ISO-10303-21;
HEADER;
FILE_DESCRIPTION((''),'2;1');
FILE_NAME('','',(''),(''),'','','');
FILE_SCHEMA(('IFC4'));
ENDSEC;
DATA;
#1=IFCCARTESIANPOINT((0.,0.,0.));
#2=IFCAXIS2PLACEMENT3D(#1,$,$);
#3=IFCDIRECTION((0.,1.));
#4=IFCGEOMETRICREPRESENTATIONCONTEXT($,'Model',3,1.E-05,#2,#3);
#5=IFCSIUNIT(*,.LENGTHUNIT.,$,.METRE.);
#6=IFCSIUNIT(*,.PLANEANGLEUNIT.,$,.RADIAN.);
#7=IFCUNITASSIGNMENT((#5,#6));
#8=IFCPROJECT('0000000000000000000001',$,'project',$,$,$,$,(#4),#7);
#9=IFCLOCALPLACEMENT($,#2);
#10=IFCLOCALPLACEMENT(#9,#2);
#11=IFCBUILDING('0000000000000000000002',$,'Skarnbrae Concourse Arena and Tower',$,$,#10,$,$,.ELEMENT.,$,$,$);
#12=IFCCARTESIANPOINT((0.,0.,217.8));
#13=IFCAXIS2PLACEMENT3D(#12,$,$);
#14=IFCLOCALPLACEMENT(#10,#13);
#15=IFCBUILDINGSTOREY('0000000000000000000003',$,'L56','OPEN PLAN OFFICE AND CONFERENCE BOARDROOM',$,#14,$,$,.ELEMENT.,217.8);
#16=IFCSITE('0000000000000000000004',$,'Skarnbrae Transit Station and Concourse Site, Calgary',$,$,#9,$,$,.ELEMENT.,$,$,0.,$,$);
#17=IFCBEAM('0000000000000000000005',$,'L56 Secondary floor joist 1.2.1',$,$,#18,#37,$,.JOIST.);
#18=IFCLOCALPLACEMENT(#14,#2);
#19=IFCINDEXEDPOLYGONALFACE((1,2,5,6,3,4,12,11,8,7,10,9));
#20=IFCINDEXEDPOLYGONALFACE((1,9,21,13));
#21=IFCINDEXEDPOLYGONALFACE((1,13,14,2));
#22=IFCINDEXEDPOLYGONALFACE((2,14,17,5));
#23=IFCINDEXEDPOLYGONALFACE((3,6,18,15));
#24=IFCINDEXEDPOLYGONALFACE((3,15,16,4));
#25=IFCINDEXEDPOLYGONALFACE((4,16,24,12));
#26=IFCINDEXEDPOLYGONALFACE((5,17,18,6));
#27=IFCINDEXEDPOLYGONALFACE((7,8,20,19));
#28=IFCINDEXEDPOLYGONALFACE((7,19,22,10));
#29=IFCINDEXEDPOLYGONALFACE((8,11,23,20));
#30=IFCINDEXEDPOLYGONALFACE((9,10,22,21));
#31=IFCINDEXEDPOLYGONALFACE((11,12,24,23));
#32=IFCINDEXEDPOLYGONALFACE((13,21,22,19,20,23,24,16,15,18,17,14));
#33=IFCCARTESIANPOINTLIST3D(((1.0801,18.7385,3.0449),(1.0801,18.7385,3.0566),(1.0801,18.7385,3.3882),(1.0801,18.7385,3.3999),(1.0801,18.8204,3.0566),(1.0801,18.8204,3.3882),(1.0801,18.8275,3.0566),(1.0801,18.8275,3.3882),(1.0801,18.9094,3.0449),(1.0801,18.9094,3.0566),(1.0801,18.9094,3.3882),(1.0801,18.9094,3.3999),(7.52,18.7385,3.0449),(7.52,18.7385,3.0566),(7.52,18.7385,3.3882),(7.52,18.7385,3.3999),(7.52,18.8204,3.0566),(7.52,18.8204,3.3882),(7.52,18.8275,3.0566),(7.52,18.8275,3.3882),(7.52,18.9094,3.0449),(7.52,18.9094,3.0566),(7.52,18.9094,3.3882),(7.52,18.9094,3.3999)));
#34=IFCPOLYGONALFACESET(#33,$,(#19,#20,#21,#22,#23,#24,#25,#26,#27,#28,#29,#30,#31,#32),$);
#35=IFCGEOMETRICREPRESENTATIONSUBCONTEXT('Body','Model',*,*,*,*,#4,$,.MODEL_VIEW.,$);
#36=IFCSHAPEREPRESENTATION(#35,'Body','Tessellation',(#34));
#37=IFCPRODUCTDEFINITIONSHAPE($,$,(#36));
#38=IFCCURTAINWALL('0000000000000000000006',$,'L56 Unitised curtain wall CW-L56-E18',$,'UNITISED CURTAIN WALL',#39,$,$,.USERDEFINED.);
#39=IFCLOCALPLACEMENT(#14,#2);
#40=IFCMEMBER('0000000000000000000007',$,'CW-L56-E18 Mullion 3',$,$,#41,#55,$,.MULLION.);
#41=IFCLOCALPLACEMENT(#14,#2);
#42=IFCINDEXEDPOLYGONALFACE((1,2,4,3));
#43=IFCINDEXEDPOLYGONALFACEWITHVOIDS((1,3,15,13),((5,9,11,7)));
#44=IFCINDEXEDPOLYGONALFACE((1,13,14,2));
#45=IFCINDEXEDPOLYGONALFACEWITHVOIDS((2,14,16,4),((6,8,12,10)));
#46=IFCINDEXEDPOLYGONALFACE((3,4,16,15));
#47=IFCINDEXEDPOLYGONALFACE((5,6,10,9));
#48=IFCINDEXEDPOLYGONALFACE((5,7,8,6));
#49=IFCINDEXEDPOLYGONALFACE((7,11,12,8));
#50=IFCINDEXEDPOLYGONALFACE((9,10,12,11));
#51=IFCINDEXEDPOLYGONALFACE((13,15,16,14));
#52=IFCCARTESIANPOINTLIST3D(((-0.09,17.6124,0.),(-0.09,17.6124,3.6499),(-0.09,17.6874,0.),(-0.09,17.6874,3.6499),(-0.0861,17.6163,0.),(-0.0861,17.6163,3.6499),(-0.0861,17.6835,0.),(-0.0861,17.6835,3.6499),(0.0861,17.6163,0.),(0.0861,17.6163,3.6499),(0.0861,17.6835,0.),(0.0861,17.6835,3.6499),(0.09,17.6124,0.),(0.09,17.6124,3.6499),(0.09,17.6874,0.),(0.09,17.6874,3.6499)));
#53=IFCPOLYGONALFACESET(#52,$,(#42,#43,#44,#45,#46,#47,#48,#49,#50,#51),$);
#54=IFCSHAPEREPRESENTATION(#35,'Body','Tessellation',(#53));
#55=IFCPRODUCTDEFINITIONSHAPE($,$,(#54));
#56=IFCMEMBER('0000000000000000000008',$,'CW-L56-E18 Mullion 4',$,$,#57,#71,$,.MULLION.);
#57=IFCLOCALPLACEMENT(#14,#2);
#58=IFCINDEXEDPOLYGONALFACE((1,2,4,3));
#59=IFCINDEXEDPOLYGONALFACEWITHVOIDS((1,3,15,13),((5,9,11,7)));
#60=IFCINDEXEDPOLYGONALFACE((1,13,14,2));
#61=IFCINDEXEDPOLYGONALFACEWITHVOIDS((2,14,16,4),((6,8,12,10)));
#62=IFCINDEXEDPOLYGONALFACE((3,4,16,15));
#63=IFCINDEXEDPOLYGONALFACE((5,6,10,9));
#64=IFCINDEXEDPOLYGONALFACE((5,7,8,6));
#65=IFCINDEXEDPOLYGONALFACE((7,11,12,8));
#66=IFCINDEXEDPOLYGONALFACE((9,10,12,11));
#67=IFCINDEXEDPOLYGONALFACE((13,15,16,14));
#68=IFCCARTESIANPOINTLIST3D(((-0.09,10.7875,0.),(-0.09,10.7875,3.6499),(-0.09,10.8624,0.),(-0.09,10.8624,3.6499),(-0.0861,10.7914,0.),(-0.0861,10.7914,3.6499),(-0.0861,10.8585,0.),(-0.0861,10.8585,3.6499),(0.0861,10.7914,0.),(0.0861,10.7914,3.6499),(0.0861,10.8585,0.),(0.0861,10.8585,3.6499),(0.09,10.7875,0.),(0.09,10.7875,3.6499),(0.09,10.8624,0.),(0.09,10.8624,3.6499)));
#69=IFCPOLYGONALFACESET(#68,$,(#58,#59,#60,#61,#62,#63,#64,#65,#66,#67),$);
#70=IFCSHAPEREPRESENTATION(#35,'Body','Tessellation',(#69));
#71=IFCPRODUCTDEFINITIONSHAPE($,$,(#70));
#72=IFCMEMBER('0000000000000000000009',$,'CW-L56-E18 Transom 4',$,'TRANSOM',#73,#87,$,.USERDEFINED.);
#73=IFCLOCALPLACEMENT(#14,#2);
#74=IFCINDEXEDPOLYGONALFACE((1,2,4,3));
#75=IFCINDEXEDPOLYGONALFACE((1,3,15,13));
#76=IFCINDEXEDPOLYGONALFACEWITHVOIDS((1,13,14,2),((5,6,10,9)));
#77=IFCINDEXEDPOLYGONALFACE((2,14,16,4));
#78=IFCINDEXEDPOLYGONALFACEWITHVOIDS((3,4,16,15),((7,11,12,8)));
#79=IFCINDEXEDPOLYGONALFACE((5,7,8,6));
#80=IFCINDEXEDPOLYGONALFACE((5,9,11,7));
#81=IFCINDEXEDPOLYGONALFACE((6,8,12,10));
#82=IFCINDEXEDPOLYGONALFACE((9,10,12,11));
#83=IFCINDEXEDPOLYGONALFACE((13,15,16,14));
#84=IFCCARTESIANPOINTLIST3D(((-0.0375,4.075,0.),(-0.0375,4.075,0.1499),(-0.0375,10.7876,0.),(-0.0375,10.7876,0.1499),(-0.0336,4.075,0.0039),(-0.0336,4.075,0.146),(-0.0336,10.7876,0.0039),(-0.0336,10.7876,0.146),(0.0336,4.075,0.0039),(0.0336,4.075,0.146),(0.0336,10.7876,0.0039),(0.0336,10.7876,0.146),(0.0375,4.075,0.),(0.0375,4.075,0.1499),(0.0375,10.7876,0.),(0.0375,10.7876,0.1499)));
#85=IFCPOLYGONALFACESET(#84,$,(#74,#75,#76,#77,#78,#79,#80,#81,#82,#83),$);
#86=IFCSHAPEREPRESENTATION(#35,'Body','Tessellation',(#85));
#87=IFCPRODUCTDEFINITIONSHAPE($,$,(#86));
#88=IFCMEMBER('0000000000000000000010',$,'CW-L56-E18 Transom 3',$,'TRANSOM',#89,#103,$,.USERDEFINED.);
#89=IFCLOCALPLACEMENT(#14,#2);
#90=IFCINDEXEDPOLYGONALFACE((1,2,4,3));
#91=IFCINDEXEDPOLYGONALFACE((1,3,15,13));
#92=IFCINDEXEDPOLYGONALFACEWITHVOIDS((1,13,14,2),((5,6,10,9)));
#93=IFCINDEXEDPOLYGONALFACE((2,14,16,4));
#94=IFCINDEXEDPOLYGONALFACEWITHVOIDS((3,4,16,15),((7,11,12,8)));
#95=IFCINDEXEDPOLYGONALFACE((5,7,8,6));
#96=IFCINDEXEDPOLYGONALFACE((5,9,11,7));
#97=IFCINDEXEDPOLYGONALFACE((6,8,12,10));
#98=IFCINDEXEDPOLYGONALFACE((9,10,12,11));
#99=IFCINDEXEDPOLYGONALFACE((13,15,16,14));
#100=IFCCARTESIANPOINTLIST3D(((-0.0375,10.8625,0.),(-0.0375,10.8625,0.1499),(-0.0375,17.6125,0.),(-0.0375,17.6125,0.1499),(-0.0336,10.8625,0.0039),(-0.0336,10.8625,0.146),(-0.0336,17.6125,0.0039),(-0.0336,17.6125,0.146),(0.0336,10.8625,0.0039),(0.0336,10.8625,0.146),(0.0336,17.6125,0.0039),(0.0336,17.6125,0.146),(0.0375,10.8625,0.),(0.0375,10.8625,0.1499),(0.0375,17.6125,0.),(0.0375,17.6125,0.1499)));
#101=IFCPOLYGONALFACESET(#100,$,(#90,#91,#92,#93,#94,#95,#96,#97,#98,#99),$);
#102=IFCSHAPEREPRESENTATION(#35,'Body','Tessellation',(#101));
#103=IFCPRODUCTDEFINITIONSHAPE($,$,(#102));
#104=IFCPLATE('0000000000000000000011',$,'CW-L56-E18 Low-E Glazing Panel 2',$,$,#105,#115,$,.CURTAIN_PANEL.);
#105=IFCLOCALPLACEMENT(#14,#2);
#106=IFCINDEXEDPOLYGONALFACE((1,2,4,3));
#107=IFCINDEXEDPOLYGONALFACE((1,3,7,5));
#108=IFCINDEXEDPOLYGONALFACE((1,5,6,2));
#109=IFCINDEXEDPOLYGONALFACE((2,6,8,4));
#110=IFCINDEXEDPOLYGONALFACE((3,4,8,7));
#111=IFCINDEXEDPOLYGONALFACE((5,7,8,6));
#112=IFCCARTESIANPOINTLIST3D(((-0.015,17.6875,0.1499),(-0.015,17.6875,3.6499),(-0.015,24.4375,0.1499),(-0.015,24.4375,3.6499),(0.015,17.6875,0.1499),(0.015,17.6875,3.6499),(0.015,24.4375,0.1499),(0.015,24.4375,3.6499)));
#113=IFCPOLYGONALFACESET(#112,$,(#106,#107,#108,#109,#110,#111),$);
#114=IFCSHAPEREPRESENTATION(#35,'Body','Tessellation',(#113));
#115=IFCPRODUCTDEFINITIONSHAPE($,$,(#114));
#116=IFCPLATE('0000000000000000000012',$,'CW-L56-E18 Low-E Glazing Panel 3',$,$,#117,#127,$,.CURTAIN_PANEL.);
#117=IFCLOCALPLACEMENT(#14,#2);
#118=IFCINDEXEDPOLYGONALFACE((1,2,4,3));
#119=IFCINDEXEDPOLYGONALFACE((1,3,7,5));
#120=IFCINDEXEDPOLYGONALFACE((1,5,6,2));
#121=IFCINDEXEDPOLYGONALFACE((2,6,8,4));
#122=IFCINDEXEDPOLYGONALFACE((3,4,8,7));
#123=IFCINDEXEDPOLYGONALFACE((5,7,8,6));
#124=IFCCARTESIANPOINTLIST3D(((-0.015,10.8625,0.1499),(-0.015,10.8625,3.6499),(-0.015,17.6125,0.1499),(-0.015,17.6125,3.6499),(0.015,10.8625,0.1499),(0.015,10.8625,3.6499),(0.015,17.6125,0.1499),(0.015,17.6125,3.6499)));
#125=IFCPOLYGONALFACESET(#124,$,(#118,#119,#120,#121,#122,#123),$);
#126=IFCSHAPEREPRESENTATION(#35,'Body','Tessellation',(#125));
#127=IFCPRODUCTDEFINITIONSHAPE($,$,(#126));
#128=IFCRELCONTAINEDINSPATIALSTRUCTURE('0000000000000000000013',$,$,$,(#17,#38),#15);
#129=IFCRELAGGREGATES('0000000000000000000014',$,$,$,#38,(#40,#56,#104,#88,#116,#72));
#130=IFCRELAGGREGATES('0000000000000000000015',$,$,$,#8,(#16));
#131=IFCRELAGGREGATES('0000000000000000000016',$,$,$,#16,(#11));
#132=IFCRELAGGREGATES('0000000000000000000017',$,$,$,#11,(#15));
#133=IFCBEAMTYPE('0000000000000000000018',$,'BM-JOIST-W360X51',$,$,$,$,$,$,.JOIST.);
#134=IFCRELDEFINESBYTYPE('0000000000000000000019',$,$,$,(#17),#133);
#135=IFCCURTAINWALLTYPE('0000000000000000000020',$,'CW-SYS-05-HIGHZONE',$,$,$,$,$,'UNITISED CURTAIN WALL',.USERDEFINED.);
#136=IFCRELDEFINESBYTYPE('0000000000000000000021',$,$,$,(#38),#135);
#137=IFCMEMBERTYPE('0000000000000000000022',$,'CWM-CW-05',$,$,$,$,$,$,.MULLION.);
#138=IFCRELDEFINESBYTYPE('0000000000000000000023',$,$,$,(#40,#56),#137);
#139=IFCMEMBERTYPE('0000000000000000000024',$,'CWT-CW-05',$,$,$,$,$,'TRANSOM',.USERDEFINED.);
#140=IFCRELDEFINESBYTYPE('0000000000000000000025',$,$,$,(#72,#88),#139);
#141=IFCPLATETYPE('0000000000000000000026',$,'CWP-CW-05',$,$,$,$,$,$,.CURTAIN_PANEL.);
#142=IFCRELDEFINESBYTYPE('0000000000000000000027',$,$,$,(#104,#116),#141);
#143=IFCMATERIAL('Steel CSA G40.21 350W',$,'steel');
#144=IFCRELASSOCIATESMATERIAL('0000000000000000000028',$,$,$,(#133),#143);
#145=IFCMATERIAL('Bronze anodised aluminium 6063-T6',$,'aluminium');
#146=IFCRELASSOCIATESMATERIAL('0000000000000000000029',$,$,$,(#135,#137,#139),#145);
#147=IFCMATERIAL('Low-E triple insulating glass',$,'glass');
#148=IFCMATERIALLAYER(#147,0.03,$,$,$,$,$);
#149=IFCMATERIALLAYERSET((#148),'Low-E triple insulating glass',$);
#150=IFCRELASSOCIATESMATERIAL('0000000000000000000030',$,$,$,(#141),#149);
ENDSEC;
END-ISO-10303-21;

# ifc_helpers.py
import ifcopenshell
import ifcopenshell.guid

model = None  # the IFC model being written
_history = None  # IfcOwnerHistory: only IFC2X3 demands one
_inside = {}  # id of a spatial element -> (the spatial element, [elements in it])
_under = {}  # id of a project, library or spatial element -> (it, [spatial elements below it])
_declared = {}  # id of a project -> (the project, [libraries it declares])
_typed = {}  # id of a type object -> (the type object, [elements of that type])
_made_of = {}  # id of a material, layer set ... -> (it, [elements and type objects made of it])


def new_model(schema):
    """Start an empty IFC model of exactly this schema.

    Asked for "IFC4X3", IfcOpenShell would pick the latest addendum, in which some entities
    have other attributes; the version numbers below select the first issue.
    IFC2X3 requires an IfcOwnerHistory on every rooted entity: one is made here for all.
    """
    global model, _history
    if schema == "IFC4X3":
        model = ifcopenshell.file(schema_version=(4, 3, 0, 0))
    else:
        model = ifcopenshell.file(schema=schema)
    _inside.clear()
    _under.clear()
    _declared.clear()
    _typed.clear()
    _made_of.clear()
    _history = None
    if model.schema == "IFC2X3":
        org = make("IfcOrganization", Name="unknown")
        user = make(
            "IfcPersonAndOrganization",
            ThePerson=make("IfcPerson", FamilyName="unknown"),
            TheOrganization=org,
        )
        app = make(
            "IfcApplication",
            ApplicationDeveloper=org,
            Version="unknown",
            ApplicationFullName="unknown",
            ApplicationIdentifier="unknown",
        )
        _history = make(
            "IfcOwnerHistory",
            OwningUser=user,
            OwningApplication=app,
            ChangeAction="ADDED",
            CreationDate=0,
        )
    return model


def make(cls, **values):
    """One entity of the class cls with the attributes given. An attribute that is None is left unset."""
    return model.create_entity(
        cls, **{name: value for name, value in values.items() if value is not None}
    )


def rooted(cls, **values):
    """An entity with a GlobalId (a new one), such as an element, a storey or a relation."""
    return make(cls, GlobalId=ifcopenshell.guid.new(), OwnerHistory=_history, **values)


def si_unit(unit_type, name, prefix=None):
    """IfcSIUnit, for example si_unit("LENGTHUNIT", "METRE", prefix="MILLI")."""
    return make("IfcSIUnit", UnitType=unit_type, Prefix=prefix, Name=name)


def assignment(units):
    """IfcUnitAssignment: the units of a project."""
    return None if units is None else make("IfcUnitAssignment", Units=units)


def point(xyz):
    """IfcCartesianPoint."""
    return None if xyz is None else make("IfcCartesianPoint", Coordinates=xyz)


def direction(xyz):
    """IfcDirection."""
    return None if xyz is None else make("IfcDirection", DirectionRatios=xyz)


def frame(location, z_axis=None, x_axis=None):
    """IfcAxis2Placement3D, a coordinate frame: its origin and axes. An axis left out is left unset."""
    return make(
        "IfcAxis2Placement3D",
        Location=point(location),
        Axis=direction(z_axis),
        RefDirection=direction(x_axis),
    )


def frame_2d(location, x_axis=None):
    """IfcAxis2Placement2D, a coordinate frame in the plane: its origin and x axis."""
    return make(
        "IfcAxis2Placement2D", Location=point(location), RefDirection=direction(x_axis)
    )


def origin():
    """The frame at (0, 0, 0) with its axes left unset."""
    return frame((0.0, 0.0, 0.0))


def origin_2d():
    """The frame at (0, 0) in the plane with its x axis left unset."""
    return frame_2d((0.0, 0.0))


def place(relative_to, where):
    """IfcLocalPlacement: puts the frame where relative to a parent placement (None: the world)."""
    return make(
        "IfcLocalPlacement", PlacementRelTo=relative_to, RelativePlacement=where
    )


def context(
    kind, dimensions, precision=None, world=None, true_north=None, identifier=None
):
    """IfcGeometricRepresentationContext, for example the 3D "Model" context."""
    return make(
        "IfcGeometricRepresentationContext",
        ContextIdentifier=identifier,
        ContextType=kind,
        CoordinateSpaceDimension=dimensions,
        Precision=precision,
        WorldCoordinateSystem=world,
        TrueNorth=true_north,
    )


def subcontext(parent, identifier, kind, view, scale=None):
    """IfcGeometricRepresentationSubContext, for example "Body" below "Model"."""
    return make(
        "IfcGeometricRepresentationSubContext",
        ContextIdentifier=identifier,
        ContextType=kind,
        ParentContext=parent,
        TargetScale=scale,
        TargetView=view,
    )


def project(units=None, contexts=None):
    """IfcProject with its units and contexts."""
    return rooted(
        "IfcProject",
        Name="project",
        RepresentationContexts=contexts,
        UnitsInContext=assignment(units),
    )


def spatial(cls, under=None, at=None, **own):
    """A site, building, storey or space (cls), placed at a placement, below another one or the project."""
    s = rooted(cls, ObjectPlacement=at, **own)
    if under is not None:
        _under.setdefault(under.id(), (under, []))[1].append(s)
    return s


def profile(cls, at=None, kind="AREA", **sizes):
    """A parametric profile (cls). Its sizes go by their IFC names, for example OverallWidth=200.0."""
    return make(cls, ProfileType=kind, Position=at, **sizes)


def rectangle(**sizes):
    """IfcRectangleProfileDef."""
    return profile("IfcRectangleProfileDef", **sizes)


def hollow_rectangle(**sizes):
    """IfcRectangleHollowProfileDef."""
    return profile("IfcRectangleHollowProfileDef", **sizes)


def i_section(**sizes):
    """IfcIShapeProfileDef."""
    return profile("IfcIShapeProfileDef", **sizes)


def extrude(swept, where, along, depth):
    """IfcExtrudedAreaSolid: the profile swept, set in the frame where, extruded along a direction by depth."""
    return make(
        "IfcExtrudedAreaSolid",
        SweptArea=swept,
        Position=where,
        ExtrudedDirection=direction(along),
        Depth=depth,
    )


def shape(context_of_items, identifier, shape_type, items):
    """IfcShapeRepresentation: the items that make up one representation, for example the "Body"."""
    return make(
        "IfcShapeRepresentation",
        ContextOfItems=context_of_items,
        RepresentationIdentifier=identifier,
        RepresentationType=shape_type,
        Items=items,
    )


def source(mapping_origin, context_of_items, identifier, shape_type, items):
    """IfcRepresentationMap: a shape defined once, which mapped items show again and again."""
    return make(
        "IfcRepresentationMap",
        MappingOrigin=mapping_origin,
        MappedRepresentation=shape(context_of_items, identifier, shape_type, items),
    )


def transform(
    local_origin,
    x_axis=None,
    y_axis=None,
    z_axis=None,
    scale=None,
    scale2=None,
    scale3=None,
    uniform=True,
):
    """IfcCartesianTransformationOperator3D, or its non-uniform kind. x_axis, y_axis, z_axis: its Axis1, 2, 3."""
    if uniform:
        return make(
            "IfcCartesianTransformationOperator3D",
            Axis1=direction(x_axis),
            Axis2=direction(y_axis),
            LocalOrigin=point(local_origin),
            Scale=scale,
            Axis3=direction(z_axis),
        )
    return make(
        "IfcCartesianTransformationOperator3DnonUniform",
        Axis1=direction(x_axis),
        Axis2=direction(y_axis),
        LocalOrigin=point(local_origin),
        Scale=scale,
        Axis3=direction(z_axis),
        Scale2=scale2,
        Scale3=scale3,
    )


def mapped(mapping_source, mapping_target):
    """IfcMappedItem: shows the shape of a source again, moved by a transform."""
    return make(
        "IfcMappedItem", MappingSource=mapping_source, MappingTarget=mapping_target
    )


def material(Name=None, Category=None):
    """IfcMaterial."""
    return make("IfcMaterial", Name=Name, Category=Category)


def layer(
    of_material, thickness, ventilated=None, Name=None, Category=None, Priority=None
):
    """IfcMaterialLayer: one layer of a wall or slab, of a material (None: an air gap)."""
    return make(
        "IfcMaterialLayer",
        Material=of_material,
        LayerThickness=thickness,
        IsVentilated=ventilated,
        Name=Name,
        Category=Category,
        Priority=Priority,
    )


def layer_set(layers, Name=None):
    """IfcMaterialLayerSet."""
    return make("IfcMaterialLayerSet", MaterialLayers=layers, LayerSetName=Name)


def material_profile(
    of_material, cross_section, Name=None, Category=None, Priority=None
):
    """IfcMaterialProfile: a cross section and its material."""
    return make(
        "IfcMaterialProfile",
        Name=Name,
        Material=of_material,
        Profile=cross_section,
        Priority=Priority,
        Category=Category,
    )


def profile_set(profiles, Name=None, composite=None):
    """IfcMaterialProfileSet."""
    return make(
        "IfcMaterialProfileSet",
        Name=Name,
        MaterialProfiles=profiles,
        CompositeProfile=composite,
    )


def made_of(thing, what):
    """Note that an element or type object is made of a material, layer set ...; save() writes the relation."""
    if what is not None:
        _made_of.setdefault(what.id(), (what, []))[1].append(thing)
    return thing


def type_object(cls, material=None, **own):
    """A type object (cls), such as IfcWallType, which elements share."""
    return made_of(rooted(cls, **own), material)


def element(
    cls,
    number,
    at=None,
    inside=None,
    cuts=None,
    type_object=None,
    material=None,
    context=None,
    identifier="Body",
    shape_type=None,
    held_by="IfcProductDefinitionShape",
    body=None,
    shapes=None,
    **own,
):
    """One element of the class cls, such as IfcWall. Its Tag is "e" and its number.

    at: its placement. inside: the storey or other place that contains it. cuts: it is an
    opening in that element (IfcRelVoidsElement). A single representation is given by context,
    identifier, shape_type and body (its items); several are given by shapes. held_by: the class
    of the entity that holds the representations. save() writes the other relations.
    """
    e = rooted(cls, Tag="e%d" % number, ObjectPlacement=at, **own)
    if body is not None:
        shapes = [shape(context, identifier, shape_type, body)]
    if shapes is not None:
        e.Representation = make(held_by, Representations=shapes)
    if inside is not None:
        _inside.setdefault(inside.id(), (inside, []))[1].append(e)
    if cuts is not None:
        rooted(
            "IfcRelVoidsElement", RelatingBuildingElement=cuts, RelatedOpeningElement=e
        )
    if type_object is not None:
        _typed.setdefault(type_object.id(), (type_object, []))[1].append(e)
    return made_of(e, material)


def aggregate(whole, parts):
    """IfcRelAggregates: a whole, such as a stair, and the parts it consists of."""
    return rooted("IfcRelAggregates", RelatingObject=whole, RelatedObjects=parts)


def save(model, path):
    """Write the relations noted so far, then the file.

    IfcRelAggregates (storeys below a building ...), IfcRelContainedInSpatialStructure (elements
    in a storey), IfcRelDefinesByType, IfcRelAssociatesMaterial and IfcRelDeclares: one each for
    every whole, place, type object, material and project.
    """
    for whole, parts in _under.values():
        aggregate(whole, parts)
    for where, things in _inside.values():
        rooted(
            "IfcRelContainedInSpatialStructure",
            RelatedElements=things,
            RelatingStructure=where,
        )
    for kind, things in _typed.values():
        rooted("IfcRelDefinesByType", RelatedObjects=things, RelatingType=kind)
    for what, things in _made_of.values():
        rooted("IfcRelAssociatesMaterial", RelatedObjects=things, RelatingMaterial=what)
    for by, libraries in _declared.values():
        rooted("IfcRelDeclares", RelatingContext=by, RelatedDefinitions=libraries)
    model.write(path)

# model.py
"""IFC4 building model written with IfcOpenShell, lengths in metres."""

from ifc_helpers import new_model, si_unit, direction, frame, origin, origin_2d, place, context, subcontext, project, spatial, rectangle, hollow_rectangle, i_section, extrude, source, transform, mapped, material, layer, layer_set, material_profile, profile_set, type_object, element, aggregate, save


model = new_model("IFC4")

# Units and contexts
model_context = context("Model", 3, precision=1e-05, world=origin(), true_north=direction((0.0, 1.0)))
body_context = subcontext(model_context, "Body", "Model", "MODEL_VIEW")
ifc_project = project(units=[si_unit("LENGTHUNIT", "METRE"), si_unit("PLANEANGLEUNIT", "RADIAN")], contexts=[model_context])

# Site, building, storey
site_placement = place(None, origin())
site = spatial("IfcSite", under=ifc_project, at=site_placement, Name="Skarnbrae Transit Station and Concourse Site, Calgary", CompositionType="ELEMENT", RefElevation=0.0)
building_placement = place(site_placement, origin())
building = spatial("IfcBuilding", under=site, at=building_placement, Name="Skarnbrae Concourse Arena and Tower", CompositionType="ELEMENT")
storey_placement = place(building_placement, frame((0.0, 0.0, 217.8)))
storey = spatial("IfcBuildingStorey", under=building, at=storey_placement, Name="L56", Description="OPEN PLAN OFFICE AND CONFERENCE BOARDROOM", CompositionType="ELEMENT", Elevation=217.8)

# Shared definitions
ifc_material_1 = material(Name="Steel CSA G40.21 350W", Category="steel")

# Beam
ifc_material_profile_1 = material_profile(ifc_material_1, i_section(OverallWidth=0.1709, OverallDepth=0.355, WebThickness=0.0071, FlangeThickness=0.0117, at=origin_2d()), Name="W360X51")
ifc_profile_set_1 = profile_set([ifc_material_profile_1], Name="Steel CSA G40.21 350W")
beam_type_1 = type_object("IfcBeamType", Name="BM-JOIST-W360X51", PredefinedType="JOIST", material=ifc_profile_set_1)
shared_shape_1 = source(origin(), body_context, "Body", "SweptSolid", [
    extrude(i_section(OverallWidth=0.1709, OverallDepth=0.355, WebThickness=0.0071, FlangeThickness=0.0117, at=origin_2d()), origin(), (0.0, 0.0, 1.0), 6.4399),
])
for number, where, z_axis, x_axis, name in (
    (1, (1.0801, 18.824, 3.2224), (1.0, 0.0, 0.0), (0.0, 1.0, 0.0), "L56 Secondary floor joist 1.2.1"),
):
    element("IfcBeam", number, at=place(storey_placement, frame(where, z_axis=z_axis, x_axis=x_axis)), inside=storey, type_object=beam_type_1, Name=name, PredefinedType="JOIST", context=body_context, shape_type="MappedRepresentation", body=[
        mapped(shared_shape_1, transform((0.0, 0.0, 0.0))),
    ])

# Curtain wall, members, plates
ifc_material_2 = material(Name="Bronze anodised aluminium 6063-T6", Category="aluminium")
curtain_wall_type = type_object("IfcCurtainWallType", Name="CW-SYS-05-HIGHZONE", ElementType="UNITISED CURTAIN WALL", PredefinedType="USERDEFINED", material=ifc_material_2)
curtain_wall_placement = place(storey_placement, origin())
curtain_wall = element("IfcCurtainWall", 2, at=curtain_wall_placement, inside=storey, type_object=curtain_wall_type, Name="L56 Unitised curtain wall CW-L56-E18", ObjectType="UNITISED CURTAIN WALL", PredefinedType="USERDEFINED")
ifc_material_profile_2 = material_profile(ifc_material_2, hollow_rectangle(XDim=0.075, YDim=0.1799, WallThickness=0.0039, at=origin_2d()), Name="ALU-MULL-75X180")
ifc_profile_set_2 = profile_set([ifc_material_profile_2], Name="Bronze anodised aluminium 6063-T6")
member_type_1 = type_object("IfcMemberType", Name="CWM-CW-05", PredefinedType="MULLION", material=ifc_profile_set_2)
shared_shape_2 = source(origin(), body_context, "Body", "SweptSolid", [
    extrude(hollow_rectangle(XDim=0.075, YDim=0.1799, WallThickness=0.0039, at=origin_2d()), origin(), (0.0, 0.0, 1.0), 3.6499),
])
member_1_placement = place(storey_placement, frame((0.0, 17.6499, 0.0), z_axis=(0.0, 0.0, 1.0), x_axis=(0.0, -1.0, 0.0)))
member_1 = element("IfcMember", 3, at=member_1_placement, type_object=member_type_1, Name="CW-L56-E18 Mullion 3", PredefinedType="MULLION", context=body_context, shape_type="MappedRepresentation", body=[
    mapped(shared_shape_2, transform((0.0, 0.0, 0.0))),
])
member_2_placement = place(storey_placement, frame((0.0, 10.825, 0.0), z_axis=(0.0, 0.0, 1.0), x_axis=(0.0, -1.0, 0.0)))
member_2 = element("IfcMember", 4, at=member_2_placement, type_object=member_type_1, Name="CW-L56-E18 Mullion 4", PredefinedType="MULLION", context=body_context, shape_type="MappedRepresentation", body=[
    mapped(shared_shape_2, transform((0.0, 0.0, 0.0))),
])
ifc_material_profile_3 = material_profile(ifc_material_2, hollow_rectangle(XDim=0.075, YDim=0.1499, WallThickness=0.0039, at=origin_2d()), Name="ALU-TRAN-75X150")
ifc_profile_set_3 = profile_set([ifc_material_profile_3], Name="Bronze anodised aluminium 6063-T6")
member_type_2 = type_object("IfcMemberType", Name="CWT-CW-05", ElementType="TRANSOM", PredefinedType="USERDEFINED", material=ifc_profile_set_3)
shared_shape_3 = source(origin(), body_context, "Body", "SweptSolid", [
    extrude(hollow_rectangle(XDim=0.075, YDim=0.1499, WallThickness=0.0039, at=origin_2d()), origin(), (0.0, 0.0, 1.0), 6.7126),
])
member_3_placement = place(storey_placement, frame((0.0, 10.7876, 0.075), z_axis=(0.0, -1.0, 0.0), x_axis=(1.0, 0.0, 0.0)))
member_3 = element("IfcMember", 5, at=member_3_placement, type_object=member_type_2, Name="CW-L56-E18 Transom 4", ObjectType="TRANSOM", PredefinedType="USERDEFINED", context=body_context, shape_type="MappedRepresentation", body=[
    mapped(shared_shape_3, transform((0.0, 0.0, 0.0))),
])
shared_shape_4 = source(origin(), body_context, "Body", "SweptSolid", [
    extrude(hollow_rectangle(XDim=0.075, YDim=0.1499, WallThickness=0.0039, at=origin_2d()), origin(), (0.0, 0.0, 1.0), 6.75),
])
member_4_placement = place(storey_placement, frame((0.0, 17.6125, 0.075), z_axis=(0.0, -1.0, 0.0), x_axis=(1.0, 0.0, 0.0)))
member_4 = element("IfcMember", 6, at=member_4_placement, type_object=member_type_2, Name="CW-L56-E18 Transom 3", ObjectType="TRANSOM", PredefinedType="USERDEFINED", context=body_context, shape_type="MappedRepresentation", body=[
    mapped(shared_shape_4, transform((0.0, 0.0, 0.0))),
])
ifc_material_3 = material(Name="Low-E triple insulating glass", Category="glass")
ifc_layer_1 = layer(ifc_material_3, 0.03)
ifc_layer_set_1 = layer_set([ifc_layer_1], Name="Low-E triple insulating glass")
plate_type = type_object("IfcPlateType", Name="CWP-CW-05", PredefinedType="CURTAIN_PANEL", material=ifc_layer_set_1)
shared_shape_5 = source(origin(), body_context, "Body", "SweptSolid", [
    extrude(rectangle(XDim=6.75, YDim=0.03, at=origin_2d()), origin(), (0.0, 0.0, 1.0), 3.5),
])
plate_1_placement = place(storey_placement, frame((0.0, 21.0625, 0.1499), z_axis=(0.0, 0.0, 1.0), x_axis=(0.0, -1.0, 0.0)))
plate_1 = element("IfcPlate", 7, at=plate_1_placement, type_object=plate_type, Name="CW-L56-E18 Low-E Glazing Panel 2", PredefinedType="CURTAIN_PANEL", context=body_context, shape_type="MappedRepresentation", body=[
    mapped(shared_shape_5, transform((0.0, 0.0, 0.0))),
])
plate_2_placement = place(storey_placement, frame((0.0, 14.2375, 0.1499), z_axis=(0.0, 0.0, 1.0), x_axis=(0.0, -1.0, 0.0)))
plate_2 = element("IfcPlate", 8, at=plate_2_placement, type_object=plate_type, Name="CW-L56-E18 Low-E Glazing Panel 3", PredefinedType="CURTAIN_PANEL", context=body_context, shape_type="MappedRepresentation", body=[
    mapped(shared_shape_5, transform((0.0, 0.0, 0.0))),
])
aggregate(curtain_wall, [member_1, member_2, plate_1, member_4, plate_2, member_3])

save(model, "model.ifc")
